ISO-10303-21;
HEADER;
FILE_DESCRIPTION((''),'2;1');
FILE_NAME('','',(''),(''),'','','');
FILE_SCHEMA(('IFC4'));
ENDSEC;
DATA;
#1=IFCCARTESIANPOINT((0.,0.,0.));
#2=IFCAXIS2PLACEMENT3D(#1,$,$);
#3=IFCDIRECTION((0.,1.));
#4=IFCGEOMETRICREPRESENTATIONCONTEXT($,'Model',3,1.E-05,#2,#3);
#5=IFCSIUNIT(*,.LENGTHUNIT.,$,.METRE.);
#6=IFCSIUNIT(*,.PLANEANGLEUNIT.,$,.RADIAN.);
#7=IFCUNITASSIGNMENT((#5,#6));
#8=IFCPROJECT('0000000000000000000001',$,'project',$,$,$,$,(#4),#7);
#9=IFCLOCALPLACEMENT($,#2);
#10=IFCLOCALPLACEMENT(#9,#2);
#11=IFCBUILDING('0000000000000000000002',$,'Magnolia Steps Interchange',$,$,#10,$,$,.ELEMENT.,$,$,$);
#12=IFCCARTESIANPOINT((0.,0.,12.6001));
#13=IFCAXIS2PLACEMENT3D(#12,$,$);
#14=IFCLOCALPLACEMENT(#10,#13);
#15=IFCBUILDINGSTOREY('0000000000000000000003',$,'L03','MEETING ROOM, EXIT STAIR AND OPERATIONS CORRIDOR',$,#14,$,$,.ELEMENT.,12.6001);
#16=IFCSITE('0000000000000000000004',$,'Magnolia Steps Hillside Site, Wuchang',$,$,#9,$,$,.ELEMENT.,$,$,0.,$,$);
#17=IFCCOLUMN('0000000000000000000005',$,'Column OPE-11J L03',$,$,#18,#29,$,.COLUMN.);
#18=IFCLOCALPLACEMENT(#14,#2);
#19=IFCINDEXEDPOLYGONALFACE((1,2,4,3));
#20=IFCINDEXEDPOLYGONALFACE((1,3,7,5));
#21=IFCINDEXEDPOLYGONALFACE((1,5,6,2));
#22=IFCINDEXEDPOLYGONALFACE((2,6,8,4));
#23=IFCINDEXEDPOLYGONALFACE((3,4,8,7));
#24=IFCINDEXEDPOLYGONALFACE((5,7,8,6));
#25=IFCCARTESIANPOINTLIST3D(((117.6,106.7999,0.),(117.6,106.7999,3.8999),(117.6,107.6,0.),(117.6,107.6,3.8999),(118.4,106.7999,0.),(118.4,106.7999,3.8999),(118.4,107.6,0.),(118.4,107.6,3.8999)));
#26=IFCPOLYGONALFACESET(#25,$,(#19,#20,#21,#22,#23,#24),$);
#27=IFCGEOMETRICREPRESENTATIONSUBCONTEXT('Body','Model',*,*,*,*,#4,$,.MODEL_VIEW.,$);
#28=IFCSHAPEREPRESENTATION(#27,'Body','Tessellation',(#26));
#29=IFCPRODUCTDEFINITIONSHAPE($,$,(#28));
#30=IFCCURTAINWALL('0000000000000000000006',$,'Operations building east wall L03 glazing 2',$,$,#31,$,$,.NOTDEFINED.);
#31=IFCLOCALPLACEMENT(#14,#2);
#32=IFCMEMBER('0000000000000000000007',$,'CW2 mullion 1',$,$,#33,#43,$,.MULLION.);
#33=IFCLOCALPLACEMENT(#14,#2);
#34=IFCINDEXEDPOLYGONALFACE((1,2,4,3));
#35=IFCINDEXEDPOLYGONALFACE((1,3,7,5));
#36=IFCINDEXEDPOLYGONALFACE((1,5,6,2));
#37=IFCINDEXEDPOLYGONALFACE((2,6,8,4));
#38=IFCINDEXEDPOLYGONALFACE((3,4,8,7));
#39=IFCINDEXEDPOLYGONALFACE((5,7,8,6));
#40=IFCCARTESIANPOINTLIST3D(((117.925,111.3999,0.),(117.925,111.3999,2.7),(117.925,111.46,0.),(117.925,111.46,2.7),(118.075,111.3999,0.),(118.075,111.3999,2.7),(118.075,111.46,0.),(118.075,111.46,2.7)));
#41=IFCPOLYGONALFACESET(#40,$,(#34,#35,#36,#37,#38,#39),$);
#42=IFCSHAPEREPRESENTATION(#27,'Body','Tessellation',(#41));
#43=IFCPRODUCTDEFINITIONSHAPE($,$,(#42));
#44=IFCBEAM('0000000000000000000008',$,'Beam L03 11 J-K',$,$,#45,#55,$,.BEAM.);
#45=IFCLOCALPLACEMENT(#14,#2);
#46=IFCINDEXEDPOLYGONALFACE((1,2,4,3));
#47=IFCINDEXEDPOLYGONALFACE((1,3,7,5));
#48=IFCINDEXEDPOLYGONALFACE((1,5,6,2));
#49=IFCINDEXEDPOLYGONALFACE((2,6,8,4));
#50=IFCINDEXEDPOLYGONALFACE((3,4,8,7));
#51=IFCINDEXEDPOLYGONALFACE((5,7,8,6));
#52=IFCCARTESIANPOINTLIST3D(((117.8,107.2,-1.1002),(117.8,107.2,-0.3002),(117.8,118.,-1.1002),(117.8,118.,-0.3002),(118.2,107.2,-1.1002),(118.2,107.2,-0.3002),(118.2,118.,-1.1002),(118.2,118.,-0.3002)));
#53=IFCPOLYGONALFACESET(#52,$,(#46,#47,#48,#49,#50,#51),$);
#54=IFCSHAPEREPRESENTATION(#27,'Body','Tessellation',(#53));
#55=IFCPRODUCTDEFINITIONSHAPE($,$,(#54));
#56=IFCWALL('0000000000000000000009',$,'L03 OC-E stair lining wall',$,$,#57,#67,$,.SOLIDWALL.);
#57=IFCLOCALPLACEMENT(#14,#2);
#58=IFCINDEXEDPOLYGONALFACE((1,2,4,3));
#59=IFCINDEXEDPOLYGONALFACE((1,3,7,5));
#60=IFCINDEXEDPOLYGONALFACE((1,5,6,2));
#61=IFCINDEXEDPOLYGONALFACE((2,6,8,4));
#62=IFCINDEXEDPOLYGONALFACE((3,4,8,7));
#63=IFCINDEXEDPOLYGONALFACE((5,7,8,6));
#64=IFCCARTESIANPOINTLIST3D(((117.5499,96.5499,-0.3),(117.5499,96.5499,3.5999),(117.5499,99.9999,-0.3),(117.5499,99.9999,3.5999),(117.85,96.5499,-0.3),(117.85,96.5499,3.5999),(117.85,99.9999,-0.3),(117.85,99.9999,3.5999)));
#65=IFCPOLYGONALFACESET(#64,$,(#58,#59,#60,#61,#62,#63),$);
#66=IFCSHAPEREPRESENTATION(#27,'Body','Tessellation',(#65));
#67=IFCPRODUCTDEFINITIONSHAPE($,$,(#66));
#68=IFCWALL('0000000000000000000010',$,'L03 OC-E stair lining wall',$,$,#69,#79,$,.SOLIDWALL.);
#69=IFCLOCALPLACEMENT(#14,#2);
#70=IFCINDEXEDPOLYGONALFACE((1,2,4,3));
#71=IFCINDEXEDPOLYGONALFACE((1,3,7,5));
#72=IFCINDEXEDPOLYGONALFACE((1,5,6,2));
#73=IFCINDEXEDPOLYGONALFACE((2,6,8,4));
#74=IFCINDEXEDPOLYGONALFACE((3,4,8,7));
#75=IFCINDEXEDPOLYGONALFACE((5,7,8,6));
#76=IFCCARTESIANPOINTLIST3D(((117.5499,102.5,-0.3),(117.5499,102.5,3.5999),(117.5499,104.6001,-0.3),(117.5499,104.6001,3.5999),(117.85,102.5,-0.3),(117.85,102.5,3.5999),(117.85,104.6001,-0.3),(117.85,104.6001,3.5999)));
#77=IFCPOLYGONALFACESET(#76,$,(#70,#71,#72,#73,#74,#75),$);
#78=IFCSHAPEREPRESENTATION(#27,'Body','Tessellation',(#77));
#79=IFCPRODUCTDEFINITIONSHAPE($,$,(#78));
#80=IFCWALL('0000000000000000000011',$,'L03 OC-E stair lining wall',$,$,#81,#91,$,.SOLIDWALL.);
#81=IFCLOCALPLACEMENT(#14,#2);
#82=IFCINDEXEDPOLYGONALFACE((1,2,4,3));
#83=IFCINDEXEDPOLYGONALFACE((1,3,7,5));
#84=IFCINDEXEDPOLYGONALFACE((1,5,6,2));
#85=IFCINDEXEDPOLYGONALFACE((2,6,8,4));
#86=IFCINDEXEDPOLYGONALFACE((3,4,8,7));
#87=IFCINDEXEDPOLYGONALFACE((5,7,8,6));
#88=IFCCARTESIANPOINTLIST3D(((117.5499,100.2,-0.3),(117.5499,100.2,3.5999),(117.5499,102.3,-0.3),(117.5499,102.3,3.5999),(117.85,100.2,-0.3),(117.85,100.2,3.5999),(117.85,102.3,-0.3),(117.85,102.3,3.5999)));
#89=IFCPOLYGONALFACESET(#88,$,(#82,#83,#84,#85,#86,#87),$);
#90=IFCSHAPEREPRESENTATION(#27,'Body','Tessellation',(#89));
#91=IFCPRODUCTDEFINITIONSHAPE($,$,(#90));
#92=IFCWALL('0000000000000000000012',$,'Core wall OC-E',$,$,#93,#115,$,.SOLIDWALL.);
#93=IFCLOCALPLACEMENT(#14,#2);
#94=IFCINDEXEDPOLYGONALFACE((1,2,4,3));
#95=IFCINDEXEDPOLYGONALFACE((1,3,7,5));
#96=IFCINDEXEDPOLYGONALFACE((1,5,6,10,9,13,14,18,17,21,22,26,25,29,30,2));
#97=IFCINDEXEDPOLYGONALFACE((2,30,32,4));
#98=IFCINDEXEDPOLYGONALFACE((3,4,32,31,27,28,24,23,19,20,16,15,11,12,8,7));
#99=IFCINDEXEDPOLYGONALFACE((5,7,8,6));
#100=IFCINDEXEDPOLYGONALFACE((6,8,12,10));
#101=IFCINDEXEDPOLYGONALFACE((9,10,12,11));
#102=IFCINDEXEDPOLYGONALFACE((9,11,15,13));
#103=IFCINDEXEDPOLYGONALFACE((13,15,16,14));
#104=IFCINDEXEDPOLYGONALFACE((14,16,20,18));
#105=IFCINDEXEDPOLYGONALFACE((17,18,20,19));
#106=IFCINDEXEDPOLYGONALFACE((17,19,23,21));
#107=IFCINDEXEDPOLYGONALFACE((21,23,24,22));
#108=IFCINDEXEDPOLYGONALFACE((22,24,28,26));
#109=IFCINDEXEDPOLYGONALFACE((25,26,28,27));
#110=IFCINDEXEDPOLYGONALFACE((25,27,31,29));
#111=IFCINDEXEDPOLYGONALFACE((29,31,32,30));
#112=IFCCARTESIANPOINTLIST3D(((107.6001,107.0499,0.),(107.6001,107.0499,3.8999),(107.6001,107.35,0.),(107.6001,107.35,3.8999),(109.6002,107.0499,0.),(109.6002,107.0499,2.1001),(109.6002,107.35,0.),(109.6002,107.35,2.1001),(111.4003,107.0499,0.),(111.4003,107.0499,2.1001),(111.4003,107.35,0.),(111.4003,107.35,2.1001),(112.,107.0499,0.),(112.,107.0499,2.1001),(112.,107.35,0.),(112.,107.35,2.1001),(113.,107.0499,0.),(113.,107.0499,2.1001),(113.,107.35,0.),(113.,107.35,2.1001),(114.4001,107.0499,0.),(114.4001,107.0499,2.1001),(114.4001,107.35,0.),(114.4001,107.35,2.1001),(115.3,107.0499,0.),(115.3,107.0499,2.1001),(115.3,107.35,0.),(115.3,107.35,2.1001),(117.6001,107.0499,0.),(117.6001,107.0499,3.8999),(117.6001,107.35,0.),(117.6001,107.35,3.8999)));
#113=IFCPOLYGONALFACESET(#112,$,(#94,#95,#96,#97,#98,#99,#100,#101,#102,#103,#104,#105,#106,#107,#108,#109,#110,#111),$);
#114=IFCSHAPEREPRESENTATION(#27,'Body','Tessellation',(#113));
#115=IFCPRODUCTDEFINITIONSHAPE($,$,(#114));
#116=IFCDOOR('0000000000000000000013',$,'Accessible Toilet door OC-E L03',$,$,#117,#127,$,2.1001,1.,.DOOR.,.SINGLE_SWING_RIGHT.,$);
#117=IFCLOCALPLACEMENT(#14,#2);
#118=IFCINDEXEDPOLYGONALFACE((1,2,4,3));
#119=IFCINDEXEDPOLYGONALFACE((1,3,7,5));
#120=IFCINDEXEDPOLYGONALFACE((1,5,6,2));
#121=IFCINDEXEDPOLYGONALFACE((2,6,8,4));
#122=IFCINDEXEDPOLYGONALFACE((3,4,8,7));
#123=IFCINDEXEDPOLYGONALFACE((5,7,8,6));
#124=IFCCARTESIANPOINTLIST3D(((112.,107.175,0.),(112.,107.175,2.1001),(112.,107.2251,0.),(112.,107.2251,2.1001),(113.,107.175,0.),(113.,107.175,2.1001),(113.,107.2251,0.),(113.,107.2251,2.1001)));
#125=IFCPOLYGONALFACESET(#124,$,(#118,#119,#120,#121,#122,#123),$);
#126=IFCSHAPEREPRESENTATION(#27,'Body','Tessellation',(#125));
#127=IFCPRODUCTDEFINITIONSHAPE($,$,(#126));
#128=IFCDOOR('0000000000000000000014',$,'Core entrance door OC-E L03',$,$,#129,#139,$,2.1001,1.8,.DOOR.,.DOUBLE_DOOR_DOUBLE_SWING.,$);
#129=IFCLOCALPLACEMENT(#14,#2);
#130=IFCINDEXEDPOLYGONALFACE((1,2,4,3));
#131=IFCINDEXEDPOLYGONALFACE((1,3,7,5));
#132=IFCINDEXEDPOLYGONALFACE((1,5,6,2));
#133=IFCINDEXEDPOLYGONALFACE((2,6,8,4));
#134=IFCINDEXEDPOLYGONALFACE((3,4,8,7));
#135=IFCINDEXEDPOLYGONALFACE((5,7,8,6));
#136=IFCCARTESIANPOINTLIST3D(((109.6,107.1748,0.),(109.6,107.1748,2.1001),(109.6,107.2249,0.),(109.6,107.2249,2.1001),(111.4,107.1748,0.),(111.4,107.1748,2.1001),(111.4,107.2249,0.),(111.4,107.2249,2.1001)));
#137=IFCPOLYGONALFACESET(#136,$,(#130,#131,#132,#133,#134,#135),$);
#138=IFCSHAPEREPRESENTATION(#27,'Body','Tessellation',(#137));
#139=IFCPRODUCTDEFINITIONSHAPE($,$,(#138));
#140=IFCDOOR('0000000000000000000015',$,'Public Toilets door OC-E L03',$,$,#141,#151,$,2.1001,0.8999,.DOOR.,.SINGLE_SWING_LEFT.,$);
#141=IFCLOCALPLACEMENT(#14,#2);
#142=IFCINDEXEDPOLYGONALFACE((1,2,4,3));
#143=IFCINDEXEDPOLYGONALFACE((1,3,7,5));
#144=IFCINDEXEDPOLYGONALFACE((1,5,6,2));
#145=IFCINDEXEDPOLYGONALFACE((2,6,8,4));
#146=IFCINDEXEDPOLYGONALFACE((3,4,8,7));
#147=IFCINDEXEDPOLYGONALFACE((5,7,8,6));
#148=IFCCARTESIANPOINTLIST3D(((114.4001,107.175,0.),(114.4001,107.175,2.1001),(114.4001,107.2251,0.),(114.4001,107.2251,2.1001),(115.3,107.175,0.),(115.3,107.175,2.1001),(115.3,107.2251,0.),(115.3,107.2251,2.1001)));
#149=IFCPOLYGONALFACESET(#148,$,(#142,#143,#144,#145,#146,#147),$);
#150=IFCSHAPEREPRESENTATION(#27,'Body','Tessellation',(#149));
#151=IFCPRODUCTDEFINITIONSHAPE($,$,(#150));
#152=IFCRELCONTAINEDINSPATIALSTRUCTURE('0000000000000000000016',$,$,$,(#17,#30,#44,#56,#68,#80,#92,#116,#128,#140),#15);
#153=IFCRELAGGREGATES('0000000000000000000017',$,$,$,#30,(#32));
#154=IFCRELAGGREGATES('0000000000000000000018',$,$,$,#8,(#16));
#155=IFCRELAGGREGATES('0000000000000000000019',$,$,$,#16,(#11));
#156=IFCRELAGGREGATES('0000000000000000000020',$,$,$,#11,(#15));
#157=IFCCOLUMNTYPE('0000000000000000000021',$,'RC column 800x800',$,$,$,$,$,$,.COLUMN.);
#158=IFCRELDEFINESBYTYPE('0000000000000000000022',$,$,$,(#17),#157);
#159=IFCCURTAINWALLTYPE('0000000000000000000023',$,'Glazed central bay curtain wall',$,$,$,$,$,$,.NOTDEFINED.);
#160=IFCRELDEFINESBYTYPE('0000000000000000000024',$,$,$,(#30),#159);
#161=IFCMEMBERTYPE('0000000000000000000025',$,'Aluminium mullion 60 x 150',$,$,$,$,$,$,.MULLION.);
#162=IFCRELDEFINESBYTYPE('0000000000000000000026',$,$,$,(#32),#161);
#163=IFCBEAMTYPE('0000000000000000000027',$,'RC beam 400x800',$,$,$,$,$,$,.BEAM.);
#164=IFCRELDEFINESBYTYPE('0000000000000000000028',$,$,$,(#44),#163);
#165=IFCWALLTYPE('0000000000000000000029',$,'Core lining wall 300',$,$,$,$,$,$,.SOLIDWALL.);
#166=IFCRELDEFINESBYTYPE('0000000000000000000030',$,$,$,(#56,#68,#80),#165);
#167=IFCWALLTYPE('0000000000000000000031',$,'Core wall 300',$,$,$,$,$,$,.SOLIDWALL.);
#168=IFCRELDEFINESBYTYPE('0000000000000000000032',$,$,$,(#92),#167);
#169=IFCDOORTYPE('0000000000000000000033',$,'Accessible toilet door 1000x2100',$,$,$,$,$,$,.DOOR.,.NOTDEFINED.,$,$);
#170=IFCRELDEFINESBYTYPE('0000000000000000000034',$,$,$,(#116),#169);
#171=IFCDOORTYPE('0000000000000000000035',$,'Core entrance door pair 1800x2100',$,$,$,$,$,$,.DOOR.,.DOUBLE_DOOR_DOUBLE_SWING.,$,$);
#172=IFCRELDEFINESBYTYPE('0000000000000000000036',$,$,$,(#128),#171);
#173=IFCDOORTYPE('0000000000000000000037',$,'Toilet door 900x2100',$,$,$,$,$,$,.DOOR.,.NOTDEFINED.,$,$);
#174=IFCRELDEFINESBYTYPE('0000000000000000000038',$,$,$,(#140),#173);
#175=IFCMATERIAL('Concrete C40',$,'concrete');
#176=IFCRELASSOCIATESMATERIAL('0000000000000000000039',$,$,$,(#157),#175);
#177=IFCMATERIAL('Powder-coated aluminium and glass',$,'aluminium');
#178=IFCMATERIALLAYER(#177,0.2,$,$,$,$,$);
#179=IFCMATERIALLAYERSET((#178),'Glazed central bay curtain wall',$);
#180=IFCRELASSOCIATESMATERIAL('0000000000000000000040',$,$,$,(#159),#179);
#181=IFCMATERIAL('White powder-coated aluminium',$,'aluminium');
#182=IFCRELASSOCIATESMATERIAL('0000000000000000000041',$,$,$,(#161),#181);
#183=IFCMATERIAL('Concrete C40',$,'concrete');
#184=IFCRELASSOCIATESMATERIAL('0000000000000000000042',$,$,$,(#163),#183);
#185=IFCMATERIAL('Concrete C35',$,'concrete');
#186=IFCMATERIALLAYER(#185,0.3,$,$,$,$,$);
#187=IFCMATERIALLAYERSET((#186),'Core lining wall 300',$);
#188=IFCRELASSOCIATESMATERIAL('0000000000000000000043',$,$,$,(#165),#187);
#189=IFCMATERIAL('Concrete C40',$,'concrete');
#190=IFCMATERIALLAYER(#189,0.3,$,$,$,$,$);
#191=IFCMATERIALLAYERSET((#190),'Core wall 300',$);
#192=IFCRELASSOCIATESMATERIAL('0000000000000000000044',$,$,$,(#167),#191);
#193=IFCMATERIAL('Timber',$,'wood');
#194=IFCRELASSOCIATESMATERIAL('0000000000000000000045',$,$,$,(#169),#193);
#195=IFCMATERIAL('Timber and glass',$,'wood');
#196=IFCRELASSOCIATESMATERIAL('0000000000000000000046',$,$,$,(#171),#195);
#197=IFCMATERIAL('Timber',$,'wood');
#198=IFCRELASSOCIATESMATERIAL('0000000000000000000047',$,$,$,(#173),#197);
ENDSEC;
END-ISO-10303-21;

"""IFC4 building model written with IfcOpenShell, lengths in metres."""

from ifc_helpers import new_model, si_unit, direction, frame, frame_2d, origin, origin_2d, place, context, subcontext, project, spatial, rectangle, extrude, material, layer, layer_set, material_profile, profile_set, type_object, element, fill, aggregate, save


model = new_model("IFC4")

# Units and contexts
model_context = context("Model", 3, precision=1e-05, world=origin(), true_north=direction((0.0, 1.0)))
body_context = subcontext(model_context, "Body", "Model", "MODEL_VIEW")
ifc_project = project(units=[si_unit("LENGTHUNIT", "METRE"), si_unit("PLANEANGLEUNIT", "RADIAN")], contexts=[model_context])

# Site, building, storey
site_placement = place(None, origin())
site = spatial("IfcSite", under=ifc_project, at=site_placement, Name="Magnolia Steps Hillside Site, Wuchang", CompositionType="ELEMENT", RefElevation=0.0)
building_placement = place(site_placement, origin())
building = spatial("IfcBuilding", under=site, at=building_placement, Name="Magnolia Steps Interchange", CompositionType="ELEMENT")
storey_placement = place(building_placement, frame((0.0, 0.0, 12.6001)))
storey = spatial("IfcBuildingStorey", under=building, at=storey_placement, Name="L03", Description="MEETING ROOM, EXIT STAIR AND OPERATIONS CORRIDOR", CompositionType="ELEMENT", Elevation=12.6001)

# Column
ifc_material_1 = material(Name="Concrete C40", Category="concrete")
ifc_material_profile_1 = material_profile(ifc_material_1, rectangle(XDim=0.8, YDim=0.8, at=origin_2d()), Name="RC800x800")
ifc_profile_set_1 = profile_set([ifc_material_profile_1], Name="Concrete C40")
column_type = type_object("IfcColumnType", Name="RC column 800x800", PredefinedType="COLUMN", material=ifc_profile_set_1)
column_placement = place(storey_placement, frame((118.0, 107.2, 0.0), z_axis=(0.0, 0.0, 1.0), x_axis=(1.0, 0.0, 0.0)))
element("IfcColumn", 1, at=column_placement, inside=storey, type_object=column_type, Name="Column OPE-11J L03", PredefinedType="COLUMN", context=body_context, shape_type="SweptSolid", body=[
    extrude(rectangle(XDim=0.8, YDim=0.8, at=origin_2d()), origin(), (0.0, 0.0, 1.0), 3.8999),
])

# Curtain wall, member
ifc_material_2 = material(Name="Powder-coated aluminium and glass", Category="aluminium")
ifc_layer_1 = layer(ifc_material_2, 0.2)
ifc_layer_set_1 = layer_set([ifc_layer_1], Name="Glazed central bay curtain wall")
curtain_wall_type = type_object("IfcCurtainWallType", Name="Glazed central bay curtain wall", PredefinedType="NOTDEFINED", material=ifc_layer_set_1)
curtain_wall_placement = place(storey_placement, origin())
curtain_wall = element("IfcCurtainWall", 2, at=curtain_wall_placement, inside=storey, type_object=curtain_wall_type, Name="Operations building east wall L03 glazing 2", PredefinedType="NOTDEFINED")
ifc_material_3 = material(Name="White powder-coated aluminium", Category="aluminium")
ifc_material_profile_2 = material_profile(ifc_material_3, rectangle(XDim=0.0601, YDim=0.1499, at=origin_2d()), Name="Aluminium mullion 60 x 150")
ifc_profile_set_2 = profile_set([ifc_material_profile_2], Name="White powder-coated aluminium")
member_type = type_object("IfcMemberType", Name="Aluminium mullion 60 x 150", PredefinedType="MULLION", material=ifc_profile_set_2)
member_placement = place(storey_placement, frame((118.0, 111.4299, 0.0), z_axis=(0.0, 0.0, 1.0), x_axis=(0.0, 1.0, 0.0)))
member = element("IfcMember", 3, at=member_placement, type_object=member_type, Name="CW2 mullion 1", PredefinedType="MULLION", context=body_context, shape_type="SweptSolid", body=[
    extrude(rectangle(XDim=0.0601, YDim=0.1499, at=origin_2d()), origin(), (0.0, 0.0, 1.0), 2.7),
])
aggregate(curtain_wall, [member])

# Beam
ifc_material_4 = material(Name="Concrete C40", Category="concrete")
ifc_material_profile_3 = material_profile(ifc_material_4, rectangle(XDim=0.3999, YDim=0.8, at=origin_2d()), Name="RC400x800")
ifc_profile_set_3 = profile_set([ifc_material_profile_3], Name="Concrete C40")
beam_type = type_object("IfcBeamType", Name="RC beam 400x800", PredefinedType="BEAM", material=ifc_profile_set_3)
beam_placement = place(storey_placement, frame((118.0, 107.2, -0.7002), z_axis=(0.0, 1.0, 0.0), x_axis=(-1.0, 0.0, 0.0)))
element("IfcBeam", 4, at=beam_placement, inside=storey, type_object=beam_type, Name="Beam L03 11 J-K", PredefinedType="BEAM", context=body_context, shape_type="SweptSolid", body=[
    extrude(rectangle(XDim=0.3999, YDim=0.8, at=origin_2d()), origin(), (0.0, 0.0, 1.0), 10.8),
])

# Walls
ifc_material_5 = material(Name="Concrete C35", Category="concrete")
ifc_layer_2 = layer(ifc_material_5, 0.3)
ifc_layer_set_2 = layer_set([ifc_layer_2], Name="Core lining wall 300")
wall_type_1 = type_object("IfcWallType", Name="Core lining wall 300", PredefinedType="SOLIDWALL", material=ifc_layer_set_2)
wall_1_placement = place(storey_placement, frame((117.7, 100.0, -0.3), z_axis=(0.0, 0.0, 1.0), x_axis=(0.0, -1.0, 0.0)))
element("IfcWall", 5, at=wall_1_placement, inside=storey, type_object=wall_type_1, Name="L03 OC-E stair lining wall", PredefinedType="SOLIDWALL", context=body_context, shape_type="SweptSolid", body=[
    extrude(rectangle(XDim=3.45, YDim=0.3, at=frame_2d((1.7251, 0.0))), origin(), (0.0, 0.0, 1.0), 3.8999),
])
for number, where, z_axis, x_axis, name in (
    (6, (117.7, 104.6001, -0.3), (0.0, 0.0, 1.0), (0.0, -1.0, 0.0), "L03 OC-E stair lining wall"),
    (7, (117.7, 102.3, -0.3), (0.0, 0.0, 1.0), (0.0, -1.0, 0.0), "L03 OC-E stair lining wall"),
):
    element("IfcWall", number, at=place(storey_placement, frame(where, z_axis=z_axis, x_axis=x_axis)), inside=storey, type_object=wall_type_1, Name=name, PredefinedType="SOLIDWALL", context=body_context, shape_type="SweptSolid", body=[
        extrude(rectangle(XDim=2.1001, YDim=0.3, at=frame_2d((1.05, 0.0))), origin(), (0.0, 0.0, 1.0), 3.8999),
    ])

# Wall, openings, doors
ifc_material_6 = material(Name="Concrete C40", Category="concrete")
ifc_layer_3 = layer(ifc_material_6, 0.3)
ifc_layer_set_3 = layer_set([ifc_layer_3], Name="Core wall 300")
wall_type_2 = type_object("IfcWallType", Name="Core wall 300", PredefinedType="SOLIDWALL", material=ifc_layer_set_3)
wall_2_placement = place(storey_placement, frame((117.6001, 107.2, 0.0), z_axis=(0.0, 0.0, 1.0), x_axis=(-1.0, 0.0, 0.0)))
wall_2 = element("IfcWall", 8, at=wall_2_placement, inside=storey, type_object=wall_type_2, Name="Core wall OC-E", PredefinedType="SOLIDWALL", context=body_context, shape_type="SweptSolid", body=[
    extrude(rectangle(XDim=10.0, YDim=0.3, at=frame_2d((5.0, 0.0))), origin(), (0.0, 0.0, 1.0), 3.8999),
])
opening_1_placement = place(wall_2_placement, frame((6.2, 0.0, 0.0)))
opening_1 = element("IfcOpeningElement", 9, at=opening_1_placement, cuts=wall_2, PredefinedType="OPENING", context=body_context, shape_type="SweptSolid", body=[
    extrude(rectangle(XDim=1.8, YDim=2.1001, at=frame_2d((0.8999, 1.05))), frame((0.0, 0.1599, 0.0), z_axis=(0.0, -1.0, 0.0), x_axis=(1.0, 0.0, 0.0)), (0.0, 0.0, 1.0), 0.3201),
])
opening_2_placement = place(wall_2_placement, frame((4.6001, 0.0, 0.0)))
opening_2 = element("IfcOpeningElement", 10, at=opening_2_placement, cuts=wall_2, PredefinedType="OPENING", context=body_context, shape_type="SweptSolid", body=[
    extrude(rectangle(XDim=1.0, YDim=2.1001, at=frame_2d((0.5, 1.05))), frame((0.0, 0.1599, 0.0), z_axis=(0.0, -1.0, 0.0), x_axis=(1.0, 0.0, 0.0)), (0.0, 0.0, 1.0), 0.3201),
])
opening_3_placement = place(wall_2_placement, frame((2.3, 0.0, 0.0)))
opening_3 = element("IfcOpeningElement", 11, at=opening_3_placement, cuts=wall_2, PredefinedType="OPENING", context=body_context, shape_type="SweptSolid", body=[
    extrude(rectangle(XDim=0.8999, YDim=2.1001, at=frame_2d((0.45, 1.05))), frame((0.0, 0.1599, 0.0), z_axis=(0.0, -1.0, 0.0), x_axis=(1.0, 0.0, 0.0)), (0.0, 0.0, 1.0), 0.3201),
])
ifc_material_7 = material(Name="Timber", Category="wood")
door_type_1 = type_object("IfcDoorType", Name="Accessible toilet door 1000x2100", OperationType="NOTDEFINED", PredefinedType="DOOR", material=ifc_material_7)
door_1_placement = place(opening_2_placement, origin())
door_1 = element("IfcDoor", 12, at=door_1_placement, inside=storey, type_object=door_type_1, Name="Accessible Toilet door OC-E L03", OperationType="SINGLE_SWING_RIGHT", OverallHeight=2.1001, OverallWidth=1.0, PredefinedType="DOOR", context=body_context, shape_type="SweptSolid", body=[
    extrude(rectangle(XDim=1.0, YDim=2.1001, at=frame_2d((0.5, 1.05))), frame((0.0, 0.0249, 0.0), z_axis=(0.0, -1.0, 0.0), x_axis=(1.0, 0.0, 0.0)), (0.0, 0.0, 1.0), 0.05),
])
fill(opening_2, door_1)
ifc_material_8 = material(Name="Timber and glass", Category="wood")
door_type_2 = type_object("IfcDoorType", Name="Core entrance door pair 1800x2100", OperationType="DOUBLE_DOOR_DOUBLE_SWING", PredefinedType="DOOR", material=ifc_material_8)
door_2_placement = place(opening_1_placement, frame((1.8, 0.0, 0.0), z_axis=(0.0, 0.0, 1.0), x_axis=(-1.0, 0.0, 0.0)))
door_2 = element("IfcDoor", 13, at=door_2_placement, inside=storey, type_object=door_type_2, Name="Core entrance door OC-E L03", OperationType="DOUBLE_DOOR_DOUBLE_SWING", OverallHeight=2.1001, OverallWidth=1.8, PredefinedType="DOOR", context=body_context, shape_type="SweptSolid", body=[
    extrude(rectangle(XDim=1.8, YDim=2.1001, at=frame_2d((0.8999, 1.05))), frame((0.0, 0.0249, 0.0), z_axis=(0.0, -1.0, 0.0), x_axis=(1.0, 0.0, 0.0)), (0.0, 0.0, 1.0), 0.05),
])
fill(opening_1, door_2)
ifc_material_9 = material(Name="Timber", Category="wood")
door_type_3 = type_object("IfcDoorType", Name="Toilet door 900x2100", OperationType="NOTDEFINED", PredefinedType="DOOR", material=ifc_material_9)
door_3_placement = place(opening_3_placement, origin())
door_3 = element("IfcDoor", 14, at=door_3_placement, inside=storey, type_object=door_type_3, Name="Public Toilets door OC-E L03", OperationType="SINGLE_SWING_LEFT", OverallHeight=2.1001, OverallWidth=0.8999, PredefinedType="DOOR", context=body_context, shape_type="SweptSolid", body=[
    extrude(rectangle(XDim=0.8999, YDim=2.1001, at=frame_2d((0.45, 1.05))), frame((0.0, 0.0249, 0.0), z_axis=(0.0, -1.0, 0.0), x_axis=(1.0, 0.0, 0.0)), (0.0, 0.0, 1.0), 0.05),
])
fill(opening_3, door_3)

save(model, "model.ifc")
